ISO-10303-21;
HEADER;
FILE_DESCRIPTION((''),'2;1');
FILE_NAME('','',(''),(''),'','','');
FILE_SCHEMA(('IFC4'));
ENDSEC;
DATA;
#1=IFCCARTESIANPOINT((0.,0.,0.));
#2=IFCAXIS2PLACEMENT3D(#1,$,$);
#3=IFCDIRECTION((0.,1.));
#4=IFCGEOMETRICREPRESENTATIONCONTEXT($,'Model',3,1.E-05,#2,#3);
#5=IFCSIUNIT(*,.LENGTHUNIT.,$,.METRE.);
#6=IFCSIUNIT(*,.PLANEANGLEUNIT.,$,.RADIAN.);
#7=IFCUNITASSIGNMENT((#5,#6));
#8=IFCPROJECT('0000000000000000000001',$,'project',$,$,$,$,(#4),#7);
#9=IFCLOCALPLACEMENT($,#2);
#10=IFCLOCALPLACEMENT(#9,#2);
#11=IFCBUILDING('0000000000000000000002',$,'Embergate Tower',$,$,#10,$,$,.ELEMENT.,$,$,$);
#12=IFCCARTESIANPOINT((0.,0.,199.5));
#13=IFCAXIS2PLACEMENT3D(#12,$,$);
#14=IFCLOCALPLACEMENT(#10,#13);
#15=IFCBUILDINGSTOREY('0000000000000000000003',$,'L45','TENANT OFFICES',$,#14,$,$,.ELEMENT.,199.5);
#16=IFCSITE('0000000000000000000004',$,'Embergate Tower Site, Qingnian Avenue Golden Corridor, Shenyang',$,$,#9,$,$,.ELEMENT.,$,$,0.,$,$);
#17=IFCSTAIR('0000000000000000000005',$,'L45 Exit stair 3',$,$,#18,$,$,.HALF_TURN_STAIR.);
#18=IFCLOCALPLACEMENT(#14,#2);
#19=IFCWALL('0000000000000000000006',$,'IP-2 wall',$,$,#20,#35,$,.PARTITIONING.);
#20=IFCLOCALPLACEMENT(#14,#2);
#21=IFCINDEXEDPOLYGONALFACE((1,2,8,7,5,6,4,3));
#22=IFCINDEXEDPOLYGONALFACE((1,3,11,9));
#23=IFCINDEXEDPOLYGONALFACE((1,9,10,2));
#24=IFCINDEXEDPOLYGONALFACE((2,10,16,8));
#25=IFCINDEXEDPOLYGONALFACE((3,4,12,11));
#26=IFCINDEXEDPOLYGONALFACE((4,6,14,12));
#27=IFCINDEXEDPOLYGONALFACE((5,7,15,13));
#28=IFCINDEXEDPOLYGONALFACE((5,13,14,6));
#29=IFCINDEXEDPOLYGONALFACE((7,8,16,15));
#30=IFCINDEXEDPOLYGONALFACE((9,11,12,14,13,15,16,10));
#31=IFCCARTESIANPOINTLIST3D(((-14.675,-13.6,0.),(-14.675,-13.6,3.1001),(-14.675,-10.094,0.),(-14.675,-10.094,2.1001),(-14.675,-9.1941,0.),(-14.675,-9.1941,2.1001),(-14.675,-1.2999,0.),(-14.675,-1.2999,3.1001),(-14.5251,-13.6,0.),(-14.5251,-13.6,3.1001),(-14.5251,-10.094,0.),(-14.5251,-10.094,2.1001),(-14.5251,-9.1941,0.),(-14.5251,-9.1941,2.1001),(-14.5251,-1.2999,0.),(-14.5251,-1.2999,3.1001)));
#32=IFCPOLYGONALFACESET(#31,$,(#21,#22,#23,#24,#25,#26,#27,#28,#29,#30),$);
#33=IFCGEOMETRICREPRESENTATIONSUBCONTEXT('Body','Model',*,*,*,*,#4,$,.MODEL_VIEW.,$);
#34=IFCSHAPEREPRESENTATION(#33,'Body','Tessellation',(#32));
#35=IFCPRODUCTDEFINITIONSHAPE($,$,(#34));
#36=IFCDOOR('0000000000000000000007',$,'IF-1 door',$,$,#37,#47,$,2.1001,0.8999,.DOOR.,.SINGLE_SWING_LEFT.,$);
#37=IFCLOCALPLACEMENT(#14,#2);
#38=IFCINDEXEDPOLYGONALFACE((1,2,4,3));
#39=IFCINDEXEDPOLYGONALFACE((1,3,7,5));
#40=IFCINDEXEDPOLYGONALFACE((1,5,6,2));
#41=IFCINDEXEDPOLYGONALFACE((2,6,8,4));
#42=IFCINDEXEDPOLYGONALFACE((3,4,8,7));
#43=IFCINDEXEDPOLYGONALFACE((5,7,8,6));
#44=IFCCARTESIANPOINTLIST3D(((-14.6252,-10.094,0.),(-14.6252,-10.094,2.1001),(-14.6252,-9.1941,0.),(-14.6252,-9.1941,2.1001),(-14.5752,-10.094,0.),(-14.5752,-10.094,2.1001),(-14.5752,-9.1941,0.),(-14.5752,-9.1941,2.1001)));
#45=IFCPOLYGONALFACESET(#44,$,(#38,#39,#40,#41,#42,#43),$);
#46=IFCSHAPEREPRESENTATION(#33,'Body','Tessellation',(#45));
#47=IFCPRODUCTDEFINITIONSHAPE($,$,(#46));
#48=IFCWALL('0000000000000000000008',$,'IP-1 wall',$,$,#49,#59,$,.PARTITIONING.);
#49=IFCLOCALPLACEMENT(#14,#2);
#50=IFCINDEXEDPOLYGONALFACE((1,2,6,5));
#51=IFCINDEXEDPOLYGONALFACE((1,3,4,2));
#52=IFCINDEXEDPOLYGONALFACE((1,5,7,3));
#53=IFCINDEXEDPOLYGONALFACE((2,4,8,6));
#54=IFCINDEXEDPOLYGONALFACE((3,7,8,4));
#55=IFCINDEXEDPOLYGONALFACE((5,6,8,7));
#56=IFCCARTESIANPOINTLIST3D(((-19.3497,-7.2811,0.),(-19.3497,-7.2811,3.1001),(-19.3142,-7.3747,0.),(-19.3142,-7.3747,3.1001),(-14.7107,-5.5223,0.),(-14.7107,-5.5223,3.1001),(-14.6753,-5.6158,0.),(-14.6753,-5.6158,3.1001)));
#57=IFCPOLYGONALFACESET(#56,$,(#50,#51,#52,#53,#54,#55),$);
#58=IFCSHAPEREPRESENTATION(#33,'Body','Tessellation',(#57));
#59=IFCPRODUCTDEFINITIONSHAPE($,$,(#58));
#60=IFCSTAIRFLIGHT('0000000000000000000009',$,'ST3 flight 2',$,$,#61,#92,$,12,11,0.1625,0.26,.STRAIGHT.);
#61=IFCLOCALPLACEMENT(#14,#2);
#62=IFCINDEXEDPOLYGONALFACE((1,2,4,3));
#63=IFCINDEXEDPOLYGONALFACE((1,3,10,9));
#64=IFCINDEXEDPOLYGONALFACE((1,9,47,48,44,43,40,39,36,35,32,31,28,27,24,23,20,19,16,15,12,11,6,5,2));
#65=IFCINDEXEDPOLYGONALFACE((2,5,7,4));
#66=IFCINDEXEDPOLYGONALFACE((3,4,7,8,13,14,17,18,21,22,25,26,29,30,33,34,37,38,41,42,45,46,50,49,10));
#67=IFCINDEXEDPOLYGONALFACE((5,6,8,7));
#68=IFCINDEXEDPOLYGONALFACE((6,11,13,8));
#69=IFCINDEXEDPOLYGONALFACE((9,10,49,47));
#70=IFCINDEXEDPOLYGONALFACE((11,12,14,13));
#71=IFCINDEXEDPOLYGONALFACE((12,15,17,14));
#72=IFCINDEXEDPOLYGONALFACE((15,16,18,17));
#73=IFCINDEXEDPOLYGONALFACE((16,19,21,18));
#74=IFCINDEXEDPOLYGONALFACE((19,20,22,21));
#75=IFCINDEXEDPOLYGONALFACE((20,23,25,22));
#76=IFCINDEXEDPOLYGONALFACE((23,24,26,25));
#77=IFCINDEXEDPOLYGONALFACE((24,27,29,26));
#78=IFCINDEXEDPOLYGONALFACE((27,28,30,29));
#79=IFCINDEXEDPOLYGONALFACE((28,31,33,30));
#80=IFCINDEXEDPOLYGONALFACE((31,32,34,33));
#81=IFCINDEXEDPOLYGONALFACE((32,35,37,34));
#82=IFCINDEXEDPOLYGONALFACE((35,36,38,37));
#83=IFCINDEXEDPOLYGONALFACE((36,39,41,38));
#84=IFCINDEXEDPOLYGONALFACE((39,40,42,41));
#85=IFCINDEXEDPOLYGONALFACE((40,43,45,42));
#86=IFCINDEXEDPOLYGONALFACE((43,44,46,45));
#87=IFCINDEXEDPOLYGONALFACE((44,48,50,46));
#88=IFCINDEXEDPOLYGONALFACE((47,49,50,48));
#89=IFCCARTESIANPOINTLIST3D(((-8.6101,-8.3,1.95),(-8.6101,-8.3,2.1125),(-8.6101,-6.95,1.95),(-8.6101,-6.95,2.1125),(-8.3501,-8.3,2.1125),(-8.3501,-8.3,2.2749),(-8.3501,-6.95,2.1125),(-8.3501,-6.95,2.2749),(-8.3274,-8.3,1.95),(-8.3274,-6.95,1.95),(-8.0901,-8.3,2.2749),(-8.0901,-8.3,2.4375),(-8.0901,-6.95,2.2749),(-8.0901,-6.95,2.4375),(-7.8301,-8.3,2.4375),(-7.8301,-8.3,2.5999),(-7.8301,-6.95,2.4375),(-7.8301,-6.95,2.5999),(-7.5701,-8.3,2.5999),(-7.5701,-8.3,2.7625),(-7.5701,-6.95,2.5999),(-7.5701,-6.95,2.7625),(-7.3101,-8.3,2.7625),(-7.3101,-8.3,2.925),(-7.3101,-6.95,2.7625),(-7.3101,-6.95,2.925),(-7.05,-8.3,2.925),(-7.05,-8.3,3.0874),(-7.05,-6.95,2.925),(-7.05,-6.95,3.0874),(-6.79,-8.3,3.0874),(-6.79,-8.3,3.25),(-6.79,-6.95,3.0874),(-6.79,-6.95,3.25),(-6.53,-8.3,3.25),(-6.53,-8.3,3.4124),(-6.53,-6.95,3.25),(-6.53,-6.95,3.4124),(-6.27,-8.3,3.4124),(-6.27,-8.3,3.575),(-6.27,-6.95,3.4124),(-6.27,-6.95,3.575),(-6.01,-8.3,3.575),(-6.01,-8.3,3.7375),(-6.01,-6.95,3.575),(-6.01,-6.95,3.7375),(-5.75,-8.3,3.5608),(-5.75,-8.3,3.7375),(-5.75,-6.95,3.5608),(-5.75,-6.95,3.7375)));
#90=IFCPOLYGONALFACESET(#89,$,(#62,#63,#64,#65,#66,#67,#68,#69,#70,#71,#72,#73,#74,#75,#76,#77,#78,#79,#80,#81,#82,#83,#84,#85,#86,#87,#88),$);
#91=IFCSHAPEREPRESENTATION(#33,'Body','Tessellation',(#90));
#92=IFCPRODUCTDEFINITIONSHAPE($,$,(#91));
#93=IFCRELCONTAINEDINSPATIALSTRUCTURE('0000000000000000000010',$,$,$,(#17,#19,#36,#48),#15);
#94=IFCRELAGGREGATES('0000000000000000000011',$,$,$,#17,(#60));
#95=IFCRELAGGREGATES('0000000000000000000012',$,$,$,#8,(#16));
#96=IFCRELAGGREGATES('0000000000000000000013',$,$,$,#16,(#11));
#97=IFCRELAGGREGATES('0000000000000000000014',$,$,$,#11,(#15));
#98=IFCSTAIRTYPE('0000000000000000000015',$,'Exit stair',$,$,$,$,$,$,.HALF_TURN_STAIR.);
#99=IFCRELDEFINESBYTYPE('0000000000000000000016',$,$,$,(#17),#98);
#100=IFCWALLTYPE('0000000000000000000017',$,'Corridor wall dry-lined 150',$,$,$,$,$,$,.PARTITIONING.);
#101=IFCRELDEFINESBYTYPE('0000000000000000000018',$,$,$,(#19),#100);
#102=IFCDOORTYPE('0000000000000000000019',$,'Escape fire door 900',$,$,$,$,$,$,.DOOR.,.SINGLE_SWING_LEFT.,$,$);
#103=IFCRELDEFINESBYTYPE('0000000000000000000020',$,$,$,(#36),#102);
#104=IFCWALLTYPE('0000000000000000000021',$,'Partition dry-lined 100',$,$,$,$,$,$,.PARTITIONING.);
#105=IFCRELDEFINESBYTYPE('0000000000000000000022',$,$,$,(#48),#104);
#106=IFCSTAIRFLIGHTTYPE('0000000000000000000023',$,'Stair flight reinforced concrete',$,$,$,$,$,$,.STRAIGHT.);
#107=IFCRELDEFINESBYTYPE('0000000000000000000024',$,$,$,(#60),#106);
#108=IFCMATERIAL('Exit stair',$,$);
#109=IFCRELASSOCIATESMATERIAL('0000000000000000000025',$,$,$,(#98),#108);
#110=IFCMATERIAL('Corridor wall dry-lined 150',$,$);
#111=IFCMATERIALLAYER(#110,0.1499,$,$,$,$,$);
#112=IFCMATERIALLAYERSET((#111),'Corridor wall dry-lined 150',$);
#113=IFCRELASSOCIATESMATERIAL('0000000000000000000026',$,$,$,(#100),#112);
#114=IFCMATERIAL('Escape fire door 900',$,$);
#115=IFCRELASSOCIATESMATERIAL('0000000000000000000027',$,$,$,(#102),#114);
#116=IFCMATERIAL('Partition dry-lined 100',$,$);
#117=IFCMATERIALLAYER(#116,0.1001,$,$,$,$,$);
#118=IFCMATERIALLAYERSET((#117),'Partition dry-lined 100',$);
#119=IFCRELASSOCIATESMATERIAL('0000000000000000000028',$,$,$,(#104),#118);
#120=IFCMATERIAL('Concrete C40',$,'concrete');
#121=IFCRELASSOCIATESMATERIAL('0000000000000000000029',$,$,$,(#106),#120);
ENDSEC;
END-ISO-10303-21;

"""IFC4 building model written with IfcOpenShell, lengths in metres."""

from ifc_helpers import new_model, si_unit, direction, frame, frame_2d, origin, place, context, subcontext, project, spatial, polyline, rectangle, outline, extrude, source, transform, mapped, material, layer, layer_set, type_object, element, fill, aggregate, save


model = new_model("IFC4")

# Units and contexts
model_context = context("Model", 3, precision=1e-05, world=origin(), true_north=direction((0.0, 1.0)))
body_context = subcontext(model_context, "Body", "Model", "MODEL_VIEW")
ifc_project = project(units=[si_unit("LENGTHUNIT", "METRE"), si_unit("PLANEANGLEUNIT", "RADIAN")], contexts=[model_context])

# Site, building, storey
site_placement = place(None, origin())
site = spatial("IfcSite", under=ifc_project, at=site_placement, Name="Embergate Tower Site, Qingnian Avenue Golden Corridor, Shenyang", CompositionType="ELEMENT", RefElevation=0.0)
building_placement = place(site_placement, origin())
building = spatial("IfcBuilding", under=site, at=building_placement, Name="Embergate Tower", CompositionType="ELEMENT")
storey_placement = place(building_placement, frame((0.0, 0.0, 199.5)))
storey = spatial("IfcBuildingStorey", under=building, at=storey_placement, Name="L45", Description="TENANT OFFICES", CompositionType="ELEMENT", Elevation=199.5)

# Stair
ifc_material_1 = material(Name="Exit stair")
stair_type = type_object("IfcStairType", Name="Exit stair", PredefinedType="HALF_TURN_STAIR", material=ifc_material_1)
stair_placement = place(storey_placement, origin())
stair = element("IfcStair", 1, at=stair_placement, inside=storey, type_object=stair_type, Name="L45 Exit stair 3", PredefinedType="HALF_TURN_STAIR")
ifc_material_2 = material(Name="Concrete C40", Category="concrete")

# Wall, opening, door
ifc_material_3 = material(Name="Corridor wall dry-lined 150")
ifc_layer_1 = layer(ifc_material_3, 0.1499)
ifc_layer_set_1 = layer_set([ifc_layer_1], Name="Corridor wall dry-lined 150")
wall_type_1 = type_object("IfcWallType", Name="Corridor wall dry-lined 150", PredefinedType="PARTITIONING", material=ifc_layer_set_1)
shared_shape_1 = source(origin(), body_context, "Body", "SweptSolid", [
    extrude(rectangle(XDim=12.3, YDim=0.1499, at=frame_2d((6.1499, 0.0))), origin(), (0.0, 0.0, 1.0), 3.1001),
])
wall_1_placement = place(storey_placement, frame((-14.6001, -1.3, 0.0), z_axis=(0.0, 0.0, 1.0), x_axis=(0.0, -1.0, 0.0)))
wall_1 = element("IfcWall", 2, at=wall_1_placement, inside=storey, type_object=wall_type_1, Name="IP-2 wall", PredefinedType="PARTITIONING", context=body_context, shape_type="MappedRepresentation", body=[
    mapped(shared_shape_1, transform((0.0, 0.0, 0.0))),
])
shared_shape_2 = source(origin(), body_context, "Body", "SweptSolid", [
    extrude(rectangle(XDim=0.8999, YDim=2.1001, at=frame_2d((0.45, 1.05))), frame((0.0, 0.085, 0.0), z_axis=(0.0, -1.0, 0.0), x_axis=(1.0, 0.0, 0.0)), (0.0, 0.0, 1.0), 0.1699),
])
opening_1_placement = place(wall_1_placement, frame((7.894, 0.0, 0.0)))
opening_1 = element("IfcOpeningElement", 3, at=opening_1_placement, cuts=wall_1, PredefinedType="OPENING", context=body_context, shape_type="MappedRepresentation", body=[
    mapped(shared_shape_2, transform((0.0, 0.0, 0.0))),
])
ifc_material_4 = material(Name="Escape fire door 900")
door_type_1 = type_object("IfcDoorType", Name="Escape fire door 900", OperationType="SINGLE_SWING_LEFT", PredefinedType="DOOR", material=ifc_material_4)
shared_shape_3 = source(origin(), body_context, "Body", "SweptSolid", [
    extrude(rectangle(XDim=0.8999, YDim=2.1001, at=frame_2d((0.45, 1.05))), frame((0.0, 0.0249, 0.0), z_axis=(0.0, -1.0, 0.0), x_axis=(1.0, 0.0, 0.0)), (0.0, 0.0, 1.0), 0.05),
])
door_1_placement = place(opening_1_placement, origin())
door_1 = element("IfcDoor", 4, at=door_1_placement, inside=storey, type_object=door_type_1, Name="IF-1 door", OperationType="SINGLE_SWING_LEFT", OverallHeight=2.1001, OverallWidth=0.8999, PredefinedType="DOOR", context=body_context, shape_type="MappedRepresentation", body=[
    mapped(shared_shape_3, transform((0.0, 0.0, 0.0))),
])
fill(opening_1, door_1)

# Wall
ifc_material_5 = material(Name="Partition dry-lined 100")
ifc_layer_2 = layer(ifc_material_5, 0.1001)
ifc_layer_set_2 = layer_set([ifc_layer_2], Name="Partition dry-lined 100")
wall_type_2 = type_object("IfcWallType", Name="Partition dry-lined 100", PredefinedType="PARTITIONING", material=ifc_layer_set_2)
shared_shape_4 = source(origin(), body_context, "Body", "SweptSolid", [
    extrude(rectangle(XDim=4.9612, YDim=0.1001, at=frame_2d((2.4805, 0.0))), origin(), (0.0, 0.0, 1.0), 3.1001),
])
wall_2_placement = place(storey_placement, frame((-14.6931, -5.5691, 0.0), z_axis=(0.0, 0.0, 1.0), x_axis=(-0.935051, -0.354513, 0.0)))
element("IfcWall", 5, at=wall_2_placement, inside=storey, type_object=wall_type_2, Name="IP-1 wall", PredefinedType="PARTITIONING", context=body_context, shape_type="MappedRepresentation", body=[
    mapped(shared_shape_4, transform((0.0, 0.0, 0.0))),
])

# Stair flight
stair_flight_type = type_object("IfcStairFlightType", Name="Stair flight reinforced concrete", PredefinedType="STRAIGHT", material=ifc_material_2)
shared_shape_5 = source(origin(), body_context, "Body", "SweptSolid", [
    extrude(outline(polyline([(0.0, 0.0), (0.0, 0.1626), (0.26, 0.1626), (0.26, 0.325), (0.52, 0.325), (0.52, 0.4875), (0.78, 0.4875), (0.78, 0.6499), (1.04, 0.6499), (1.04, 0.8125), (1.3, 0.8125), (1.3, 0.9751), (1.5601, 0.9751), (1.5601, 1.1375), (1.8201, 1.1375), (1.8201, 1.3), (2.0801, 1.3), (2.0801, 1.4624), (2.3401, 1.4624), (2.3401, 1.625), (2.6001, 1.625), (2.6001, 1.7876), (2.8601, 1.7876), (2.8601, 1.95), (2.8601, 1.6108), (0.2827, 0.0), (0.0, 0.0)])), frame((0.0, 0.675, 0.0), z_axis=(0.0, -1.0, 0.0), x_axis=(1.0, 0.0, 0.0)), (0.0, 0.0, 1.0), 1.3501),
])
stair_flight_placement = place(storey_placement, frame((-8.6101, -7.625, 1.95), z_axis=(0.0, 0.0, 1.0), x_axis=(1.0, 0.0, 0.0)))
stair_flight = element("IfcStairFlight", 6, at=stair_flight_placement, type_object=stair_flight_type, Name="ST3 flight 2", NumberOfRisers=12, NumberOfTreads=11, PredefinedType="STRAIGHT", RiserHeight=0.1625, TreadLength=0.26, context=body_context, shape_type="MappedRepresentation", body=[
    mapped(shared_shape_5, transform((0.0, 0.0, 0.0))),
])
aggregate(stair, [stair_flight])

save(model, "model.ifc")
